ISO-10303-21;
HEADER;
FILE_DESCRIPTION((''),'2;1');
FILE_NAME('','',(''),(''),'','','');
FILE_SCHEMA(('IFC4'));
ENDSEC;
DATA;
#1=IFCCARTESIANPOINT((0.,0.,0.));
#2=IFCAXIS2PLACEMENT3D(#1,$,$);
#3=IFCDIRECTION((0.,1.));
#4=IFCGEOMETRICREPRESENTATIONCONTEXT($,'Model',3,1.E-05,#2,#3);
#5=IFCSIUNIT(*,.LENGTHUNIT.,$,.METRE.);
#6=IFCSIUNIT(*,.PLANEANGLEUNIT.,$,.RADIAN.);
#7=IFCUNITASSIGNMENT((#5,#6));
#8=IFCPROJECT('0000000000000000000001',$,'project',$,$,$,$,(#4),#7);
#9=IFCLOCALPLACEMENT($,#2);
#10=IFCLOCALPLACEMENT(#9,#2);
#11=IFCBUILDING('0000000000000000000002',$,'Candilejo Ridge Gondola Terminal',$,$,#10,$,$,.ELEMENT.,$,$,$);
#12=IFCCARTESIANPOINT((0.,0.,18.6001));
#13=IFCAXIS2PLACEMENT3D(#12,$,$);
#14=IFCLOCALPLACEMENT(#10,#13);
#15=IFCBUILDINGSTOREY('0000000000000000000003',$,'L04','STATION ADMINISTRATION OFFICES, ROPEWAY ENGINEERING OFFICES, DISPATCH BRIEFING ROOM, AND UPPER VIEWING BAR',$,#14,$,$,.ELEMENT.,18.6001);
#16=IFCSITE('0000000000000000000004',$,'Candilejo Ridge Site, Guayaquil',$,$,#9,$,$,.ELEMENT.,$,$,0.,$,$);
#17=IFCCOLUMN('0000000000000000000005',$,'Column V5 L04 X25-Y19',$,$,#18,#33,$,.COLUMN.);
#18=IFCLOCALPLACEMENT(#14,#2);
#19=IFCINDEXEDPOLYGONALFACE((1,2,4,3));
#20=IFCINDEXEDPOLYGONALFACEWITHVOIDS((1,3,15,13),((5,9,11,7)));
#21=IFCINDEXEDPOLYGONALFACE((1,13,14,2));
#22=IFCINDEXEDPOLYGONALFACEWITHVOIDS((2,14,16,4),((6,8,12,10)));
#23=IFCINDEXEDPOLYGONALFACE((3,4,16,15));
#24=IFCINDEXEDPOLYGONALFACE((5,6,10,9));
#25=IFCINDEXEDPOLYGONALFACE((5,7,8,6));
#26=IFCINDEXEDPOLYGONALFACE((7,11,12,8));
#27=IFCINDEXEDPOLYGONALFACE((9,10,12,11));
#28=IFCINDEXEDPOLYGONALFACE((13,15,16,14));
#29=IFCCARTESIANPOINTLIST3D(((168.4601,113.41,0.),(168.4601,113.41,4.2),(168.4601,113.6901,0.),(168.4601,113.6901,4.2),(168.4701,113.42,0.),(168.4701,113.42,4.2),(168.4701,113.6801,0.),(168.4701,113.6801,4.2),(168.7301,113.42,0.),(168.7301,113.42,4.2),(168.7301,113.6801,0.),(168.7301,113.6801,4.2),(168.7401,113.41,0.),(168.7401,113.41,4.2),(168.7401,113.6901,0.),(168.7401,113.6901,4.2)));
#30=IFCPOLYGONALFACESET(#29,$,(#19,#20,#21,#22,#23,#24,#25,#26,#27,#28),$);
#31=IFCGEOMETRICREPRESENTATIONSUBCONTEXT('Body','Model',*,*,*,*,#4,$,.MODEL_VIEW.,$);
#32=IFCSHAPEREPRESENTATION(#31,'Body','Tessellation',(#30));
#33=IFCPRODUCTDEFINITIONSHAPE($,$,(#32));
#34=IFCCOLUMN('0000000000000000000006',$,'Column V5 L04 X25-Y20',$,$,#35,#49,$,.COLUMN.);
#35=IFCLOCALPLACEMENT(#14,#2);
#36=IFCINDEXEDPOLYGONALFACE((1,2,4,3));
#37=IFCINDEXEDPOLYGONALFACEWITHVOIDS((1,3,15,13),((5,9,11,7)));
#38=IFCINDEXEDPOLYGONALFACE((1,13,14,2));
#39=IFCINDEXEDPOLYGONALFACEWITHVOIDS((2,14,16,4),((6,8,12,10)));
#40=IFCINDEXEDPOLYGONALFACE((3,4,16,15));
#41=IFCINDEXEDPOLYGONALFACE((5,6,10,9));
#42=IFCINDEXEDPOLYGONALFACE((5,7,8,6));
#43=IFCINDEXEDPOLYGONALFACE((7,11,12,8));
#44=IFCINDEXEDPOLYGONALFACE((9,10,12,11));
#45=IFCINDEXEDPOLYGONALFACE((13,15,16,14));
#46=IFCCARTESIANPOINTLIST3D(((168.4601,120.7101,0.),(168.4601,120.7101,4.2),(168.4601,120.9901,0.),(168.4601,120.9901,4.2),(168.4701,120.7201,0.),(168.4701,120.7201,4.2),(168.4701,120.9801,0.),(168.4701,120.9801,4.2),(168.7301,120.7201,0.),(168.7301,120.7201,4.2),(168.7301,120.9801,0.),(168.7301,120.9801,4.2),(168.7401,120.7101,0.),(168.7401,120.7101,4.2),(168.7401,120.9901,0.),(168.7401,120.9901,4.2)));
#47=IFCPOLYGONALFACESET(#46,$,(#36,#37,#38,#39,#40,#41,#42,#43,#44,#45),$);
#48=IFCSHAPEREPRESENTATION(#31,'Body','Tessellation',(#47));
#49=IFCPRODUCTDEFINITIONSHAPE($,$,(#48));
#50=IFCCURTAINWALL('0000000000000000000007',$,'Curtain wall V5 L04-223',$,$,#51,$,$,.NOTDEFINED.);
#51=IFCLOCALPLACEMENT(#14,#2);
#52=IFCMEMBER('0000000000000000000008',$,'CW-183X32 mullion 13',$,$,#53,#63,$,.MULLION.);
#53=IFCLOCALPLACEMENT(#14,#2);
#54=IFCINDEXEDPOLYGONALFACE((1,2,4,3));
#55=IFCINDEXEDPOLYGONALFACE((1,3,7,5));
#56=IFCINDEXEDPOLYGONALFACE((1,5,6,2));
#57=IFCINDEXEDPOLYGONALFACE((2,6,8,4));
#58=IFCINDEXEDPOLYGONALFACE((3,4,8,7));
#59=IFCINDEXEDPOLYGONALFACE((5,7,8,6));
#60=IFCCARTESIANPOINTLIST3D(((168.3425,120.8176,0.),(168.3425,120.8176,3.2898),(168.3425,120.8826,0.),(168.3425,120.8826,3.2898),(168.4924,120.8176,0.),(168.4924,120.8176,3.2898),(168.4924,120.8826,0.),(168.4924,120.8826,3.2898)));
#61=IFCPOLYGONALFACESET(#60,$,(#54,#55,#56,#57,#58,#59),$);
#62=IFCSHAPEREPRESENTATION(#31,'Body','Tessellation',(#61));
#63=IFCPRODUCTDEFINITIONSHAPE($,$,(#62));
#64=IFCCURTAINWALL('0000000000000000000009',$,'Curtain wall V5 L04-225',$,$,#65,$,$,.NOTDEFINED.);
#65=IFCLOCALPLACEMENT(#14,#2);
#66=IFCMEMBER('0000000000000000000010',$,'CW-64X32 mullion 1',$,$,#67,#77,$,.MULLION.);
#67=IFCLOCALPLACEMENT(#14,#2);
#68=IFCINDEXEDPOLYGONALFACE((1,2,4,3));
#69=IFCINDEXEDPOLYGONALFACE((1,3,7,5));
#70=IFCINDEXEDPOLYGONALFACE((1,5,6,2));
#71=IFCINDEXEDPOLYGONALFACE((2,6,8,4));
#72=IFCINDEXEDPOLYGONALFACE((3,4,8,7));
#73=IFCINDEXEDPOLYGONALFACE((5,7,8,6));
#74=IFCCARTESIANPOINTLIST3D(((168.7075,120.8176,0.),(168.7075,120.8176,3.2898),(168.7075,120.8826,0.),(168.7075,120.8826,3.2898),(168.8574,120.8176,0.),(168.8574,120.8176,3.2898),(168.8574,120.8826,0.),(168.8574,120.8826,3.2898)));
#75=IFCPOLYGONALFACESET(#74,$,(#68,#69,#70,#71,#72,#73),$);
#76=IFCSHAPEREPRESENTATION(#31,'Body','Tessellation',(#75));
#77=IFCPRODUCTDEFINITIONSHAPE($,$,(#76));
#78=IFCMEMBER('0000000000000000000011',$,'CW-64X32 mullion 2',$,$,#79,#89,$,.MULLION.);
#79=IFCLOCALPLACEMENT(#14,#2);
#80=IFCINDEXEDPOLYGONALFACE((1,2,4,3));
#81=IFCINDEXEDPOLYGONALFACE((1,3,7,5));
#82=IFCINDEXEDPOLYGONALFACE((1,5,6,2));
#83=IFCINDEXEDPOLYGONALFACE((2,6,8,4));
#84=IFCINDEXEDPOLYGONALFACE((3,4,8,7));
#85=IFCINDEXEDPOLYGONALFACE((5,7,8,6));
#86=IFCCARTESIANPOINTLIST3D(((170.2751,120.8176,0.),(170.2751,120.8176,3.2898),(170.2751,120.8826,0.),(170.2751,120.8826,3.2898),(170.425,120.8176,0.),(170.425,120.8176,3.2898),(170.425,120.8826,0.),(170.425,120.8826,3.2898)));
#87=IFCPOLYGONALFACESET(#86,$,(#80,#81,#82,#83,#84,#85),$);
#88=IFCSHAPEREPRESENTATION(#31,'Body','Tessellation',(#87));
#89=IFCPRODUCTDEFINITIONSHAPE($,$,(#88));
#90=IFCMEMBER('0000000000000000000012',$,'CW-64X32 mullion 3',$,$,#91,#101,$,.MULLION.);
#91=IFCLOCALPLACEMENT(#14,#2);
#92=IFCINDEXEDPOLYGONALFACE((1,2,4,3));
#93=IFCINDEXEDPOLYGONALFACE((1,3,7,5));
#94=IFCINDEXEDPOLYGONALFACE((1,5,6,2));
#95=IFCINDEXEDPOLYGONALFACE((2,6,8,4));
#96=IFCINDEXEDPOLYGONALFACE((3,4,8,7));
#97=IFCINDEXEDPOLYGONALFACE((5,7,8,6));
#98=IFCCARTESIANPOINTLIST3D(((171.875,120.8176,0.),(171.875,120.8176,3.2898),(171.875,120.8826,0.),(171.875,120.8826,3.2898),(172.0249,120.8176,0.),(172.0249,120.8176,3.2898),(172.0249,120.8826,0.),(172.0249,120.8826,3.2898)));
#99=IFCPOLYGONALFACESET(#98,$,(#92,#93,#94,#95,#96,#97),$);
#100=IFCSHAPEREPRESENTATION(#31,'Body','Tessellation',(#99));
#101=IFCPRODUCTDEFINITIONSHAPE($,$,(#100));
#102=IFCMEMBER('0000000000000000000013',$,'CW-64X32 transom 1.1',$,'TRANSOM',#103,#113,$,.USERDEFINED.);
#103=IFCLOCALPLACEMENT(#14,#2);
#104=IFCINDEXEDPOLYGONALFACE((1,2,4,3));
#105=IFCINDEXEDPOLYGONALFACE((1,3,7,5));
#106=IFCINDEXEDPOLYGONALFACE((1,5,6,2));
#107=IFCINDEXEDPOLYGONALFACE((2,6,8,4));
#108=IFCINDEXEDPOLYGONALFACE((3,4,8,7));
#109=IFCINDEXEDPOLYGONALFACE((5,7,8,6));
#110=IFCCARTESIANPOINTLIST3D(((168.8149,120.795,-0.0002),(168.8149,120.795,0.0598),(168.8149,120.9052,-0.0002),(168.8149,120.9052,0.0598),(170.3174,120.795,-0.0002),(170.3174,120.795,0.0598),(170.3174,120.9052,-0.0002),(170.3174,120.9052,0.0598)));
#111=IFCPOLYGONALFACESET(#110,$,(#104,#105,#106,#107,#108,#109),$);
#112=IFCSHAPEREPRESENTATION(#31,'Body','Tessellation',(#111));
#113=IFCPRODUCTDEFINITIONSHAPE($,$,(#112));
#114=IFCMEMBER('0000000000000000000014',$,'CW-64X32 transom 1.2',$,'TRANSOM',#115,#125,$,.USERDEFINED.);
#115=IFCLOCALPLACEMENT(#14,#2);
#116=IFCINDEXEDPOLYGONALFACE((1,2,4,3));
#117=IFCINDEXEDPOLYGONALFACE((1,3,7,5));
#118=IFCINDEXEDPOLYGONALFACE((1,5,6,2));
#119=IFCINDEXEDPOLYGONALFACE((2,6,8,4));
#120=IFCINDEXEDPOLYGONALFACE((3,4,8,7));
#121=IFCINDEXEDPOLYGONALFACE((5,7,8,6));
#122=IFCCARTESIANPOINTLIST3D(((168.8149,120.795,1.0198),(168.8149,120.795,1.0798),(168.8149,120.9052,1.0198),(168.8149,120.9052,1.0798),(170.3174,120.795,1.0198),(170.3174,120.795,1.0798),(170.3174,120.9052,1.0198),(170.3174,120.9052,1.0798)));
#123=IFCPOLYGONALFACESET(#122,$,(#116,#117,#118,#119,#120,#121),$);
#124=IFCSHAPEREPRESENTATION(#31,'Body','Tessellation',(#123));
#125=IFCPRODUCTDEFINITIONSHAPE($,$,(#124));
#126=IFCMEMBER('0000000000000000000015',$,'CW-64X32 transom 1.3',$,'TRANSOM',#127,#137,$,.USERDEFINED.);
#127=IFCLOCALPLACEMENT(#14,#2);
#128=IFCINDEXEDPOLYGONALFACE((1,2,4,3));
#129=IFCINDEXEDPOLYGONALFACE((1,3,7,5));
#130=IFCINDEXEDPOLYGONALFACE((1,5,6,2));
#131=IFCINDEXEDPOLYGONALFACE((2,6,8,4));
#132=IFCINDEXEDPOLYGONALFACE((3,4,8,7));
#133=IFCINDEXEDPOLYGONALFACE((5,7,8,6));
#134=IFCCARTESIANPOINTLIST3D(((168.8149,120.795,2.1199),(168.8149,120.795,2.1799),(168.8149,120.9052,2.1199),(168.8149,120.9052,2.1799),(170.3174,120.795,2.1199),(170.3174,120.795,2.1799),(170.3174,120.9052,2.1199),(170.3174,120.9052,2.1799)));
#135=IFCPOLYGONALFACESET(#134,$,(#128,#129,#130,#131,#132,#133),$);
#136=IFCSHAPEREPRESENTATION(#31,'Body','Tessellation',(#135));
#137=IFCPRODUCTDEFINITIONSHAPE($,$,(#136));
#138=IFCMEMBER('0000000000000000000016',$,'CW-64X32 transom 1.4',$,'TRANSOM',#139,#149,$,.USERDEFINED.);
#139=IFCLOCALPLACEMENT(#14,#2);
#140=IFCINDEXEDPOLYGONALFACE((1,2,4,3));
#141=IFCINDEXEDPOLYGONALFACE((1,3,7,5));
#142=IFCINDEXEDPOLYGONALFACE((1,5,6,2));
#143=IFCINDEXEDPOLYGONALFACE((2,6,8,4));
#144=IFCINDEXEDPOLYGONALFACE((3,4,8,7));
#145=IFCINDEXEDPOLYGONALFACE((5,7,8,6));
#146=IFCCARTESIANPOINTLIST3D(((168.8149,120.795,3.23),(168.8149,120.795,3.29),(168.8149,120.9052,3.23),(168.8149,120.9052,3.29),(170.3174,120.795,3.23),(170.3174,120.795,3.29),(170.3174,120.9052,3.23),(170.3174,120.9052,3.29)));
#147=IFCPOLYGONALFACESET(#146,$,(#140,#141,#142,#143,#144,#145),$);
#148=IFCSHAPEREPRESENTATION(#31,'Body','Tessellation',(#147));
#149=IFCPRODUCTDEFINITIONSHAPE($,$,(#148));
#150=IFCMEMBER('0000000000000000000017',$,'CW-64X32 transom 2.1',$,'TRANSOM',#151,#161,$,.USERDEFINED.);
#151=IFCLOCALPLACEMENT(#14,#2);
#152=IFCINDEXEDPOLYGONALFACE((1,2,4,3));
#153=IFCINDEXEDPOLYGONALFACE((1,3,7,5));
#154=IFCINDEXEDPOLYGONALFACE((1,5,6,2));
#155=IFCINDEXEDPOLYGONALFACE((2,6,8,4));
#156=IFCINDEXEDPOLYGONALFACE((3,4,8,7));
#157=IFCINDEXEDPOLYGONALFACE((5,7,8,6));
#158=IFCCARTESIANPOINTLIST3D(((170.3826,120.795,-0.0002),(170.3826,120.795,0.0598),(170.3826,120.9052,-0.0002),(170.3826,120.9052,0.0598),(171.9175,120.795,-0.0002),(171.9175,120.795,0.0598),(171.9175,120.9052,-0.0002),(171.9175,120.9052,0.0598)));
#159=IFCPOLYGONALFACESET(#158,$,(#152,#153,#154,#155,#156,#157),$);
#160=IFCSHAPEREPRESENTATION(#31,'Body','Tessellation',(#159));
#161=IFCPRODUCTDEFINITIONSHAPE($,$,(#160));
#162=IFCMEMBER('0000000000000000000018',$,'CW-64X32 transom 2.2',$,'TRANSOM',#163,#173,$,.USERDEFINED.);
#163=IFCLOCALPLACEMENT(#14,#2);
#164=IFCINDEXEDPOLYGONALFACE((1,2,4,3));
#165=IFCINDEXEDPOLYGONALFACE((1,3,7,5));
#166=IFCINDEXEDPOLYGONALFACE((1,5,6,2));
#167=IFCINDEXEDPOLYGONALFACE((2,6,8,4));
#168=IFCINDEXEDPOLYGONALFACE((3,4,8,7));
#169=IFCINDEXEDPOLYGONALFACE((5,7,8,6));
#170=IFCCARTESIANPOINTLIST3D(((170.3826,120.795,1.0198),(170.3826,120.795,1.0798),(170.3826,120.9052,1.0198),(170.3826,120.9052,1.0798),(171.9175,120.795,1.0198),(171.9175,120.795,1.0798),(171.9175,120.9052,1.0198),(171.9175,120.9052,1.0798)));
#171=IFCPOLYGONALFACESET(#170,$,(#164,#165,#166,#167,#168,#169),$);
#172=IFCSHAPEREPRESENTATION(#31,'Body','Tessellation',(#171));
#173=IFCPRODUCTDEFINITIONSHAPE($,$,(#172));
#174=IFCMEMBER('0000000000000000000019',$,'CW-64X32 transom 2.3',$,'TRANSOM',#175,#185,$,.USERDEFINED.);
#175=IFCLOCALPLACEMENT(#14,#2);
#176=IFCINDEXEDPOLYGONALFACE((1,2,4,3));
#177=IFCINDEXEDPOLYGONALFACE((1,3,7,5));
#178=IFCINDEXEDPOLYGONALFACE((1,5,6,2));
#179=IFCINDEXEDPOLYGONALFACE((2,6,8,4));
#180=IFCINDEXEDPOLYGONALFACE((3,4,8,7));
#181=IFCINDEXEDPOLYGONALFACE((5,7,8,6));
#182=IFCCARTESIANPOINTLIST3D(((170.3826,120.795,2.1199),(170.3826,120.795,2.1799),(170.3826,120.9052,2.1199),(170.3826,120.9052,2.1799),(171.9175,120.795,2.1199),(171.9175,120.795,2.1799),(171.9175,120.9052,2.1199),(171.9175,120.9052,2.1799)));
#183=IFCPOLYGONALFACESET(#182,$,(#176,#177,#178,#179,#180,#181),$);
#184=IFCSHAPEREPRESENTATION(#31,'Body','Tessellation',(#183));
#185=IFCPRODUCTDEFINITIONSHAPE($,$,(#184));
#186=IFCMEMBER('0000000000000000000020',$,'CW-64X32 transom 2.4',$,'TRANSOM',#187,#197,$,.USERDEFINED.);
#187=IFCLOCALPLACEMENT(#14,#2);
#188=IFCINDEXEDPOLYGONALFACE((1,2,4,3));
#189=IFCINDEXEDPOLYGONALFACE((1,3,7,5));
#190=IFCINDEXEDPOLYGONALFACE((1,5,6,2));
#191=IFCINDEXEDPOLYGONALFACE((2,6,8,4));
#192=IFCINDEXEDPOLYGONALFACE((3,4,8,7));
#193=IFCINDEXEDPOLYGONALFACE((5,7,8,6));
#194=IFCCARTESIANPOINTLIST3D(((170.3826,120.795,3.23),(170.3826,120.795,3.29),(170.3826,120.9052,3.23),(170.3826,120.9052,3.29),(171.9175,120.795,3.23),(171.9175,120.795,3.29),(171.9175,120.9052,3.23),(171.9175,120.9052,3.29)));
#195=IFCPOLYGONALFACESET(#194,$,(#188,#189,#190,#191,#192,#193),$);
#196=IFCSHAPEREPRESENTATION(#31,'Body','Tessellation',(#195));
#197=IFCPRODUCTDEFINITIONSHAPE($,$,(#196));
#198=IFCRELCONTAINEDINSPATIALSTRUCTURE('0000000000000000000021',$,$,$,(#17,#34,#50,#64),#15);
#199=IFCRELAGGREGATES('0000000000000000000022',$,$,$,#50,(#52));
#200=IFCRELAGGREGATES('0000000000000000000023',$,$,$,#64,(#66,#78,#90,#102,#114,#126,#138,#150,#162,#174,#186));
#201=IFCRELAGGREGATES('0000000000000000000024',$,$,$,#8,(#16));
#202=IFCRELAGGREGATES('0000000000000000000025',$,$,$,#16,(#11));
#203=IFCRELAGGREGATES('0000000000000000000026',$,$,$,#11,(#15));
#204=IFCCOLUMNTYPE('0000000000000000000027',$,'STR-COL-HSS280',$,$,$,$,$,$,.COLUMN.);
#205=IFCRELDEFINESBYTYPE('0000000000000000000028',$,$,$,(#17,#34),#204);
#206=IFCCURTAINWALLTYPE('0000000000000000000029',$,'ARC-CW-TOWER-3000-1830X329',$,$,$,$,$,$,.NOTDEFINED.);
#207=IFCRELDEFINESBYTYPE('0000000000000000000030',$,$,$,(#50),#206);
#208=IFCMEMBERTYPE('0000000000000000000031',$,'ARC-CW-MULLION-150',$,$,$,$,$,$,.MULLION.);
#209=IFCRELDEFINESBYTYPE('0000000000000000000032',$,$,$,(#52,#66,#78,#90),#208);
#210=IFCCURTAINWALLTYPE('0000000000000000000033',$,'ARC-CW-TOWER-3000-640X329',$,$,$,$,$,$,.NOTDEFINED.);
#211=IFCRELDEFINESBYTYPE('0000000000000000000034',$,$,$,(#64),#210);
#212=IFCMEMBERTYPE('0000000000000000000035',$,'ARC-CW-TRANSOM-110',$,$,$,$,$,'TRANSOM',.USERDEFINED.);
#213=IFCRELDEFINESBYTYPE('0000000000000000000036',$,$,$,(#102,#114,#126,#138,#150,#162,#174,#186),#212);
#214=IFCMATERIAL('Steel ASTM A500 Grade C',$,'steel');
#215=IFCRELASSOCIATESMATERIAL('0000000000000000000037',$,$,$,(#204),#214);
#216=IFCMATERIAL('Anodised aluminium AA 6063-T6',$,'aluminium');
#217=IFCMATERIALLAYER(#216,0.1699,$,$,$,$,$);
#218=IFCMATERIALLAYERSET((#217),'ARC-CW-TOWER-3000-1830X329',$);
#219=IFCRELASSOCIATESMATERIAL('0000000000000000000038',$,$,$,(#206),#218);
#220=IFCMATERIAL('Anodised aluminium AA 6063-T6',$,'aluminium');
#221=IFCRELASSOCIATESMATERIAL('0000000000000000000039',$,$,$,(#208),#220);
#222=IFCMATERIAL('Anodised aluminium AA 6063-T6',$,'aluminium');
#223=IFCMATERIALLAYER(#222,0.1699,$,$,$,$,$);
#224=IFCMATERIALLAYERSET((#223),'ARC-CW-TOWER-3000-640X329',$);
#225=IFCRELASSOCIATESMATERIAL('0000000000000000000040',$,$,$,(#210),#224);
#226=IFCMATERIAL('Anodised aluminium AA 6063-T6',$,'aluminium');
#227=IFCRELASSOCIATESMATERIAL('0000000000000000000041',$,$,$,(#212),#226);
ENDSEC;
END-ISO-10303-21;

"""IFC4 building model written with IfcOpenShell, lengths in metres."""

from ifc_helpers import new_model, si_unit, direction, frame, origin, origin_2d, place, context, subcontext, project, spatial, rectangle, hollow_rectangle, extrude, material, layer, layer_set, material_profile, profile_set, type_object, element, aggregate, save


model = new_model("IFC4")

# Units and contexts
model_context = context("Model", 3, precision=1e-05, world=origin(), true_north=direction((0.0, 1.0)))
body_context = subcontext(model_context, "Body", "Model", "MODEL_VIEW")
ifc_project = project(units=[si_unit("LENGTHUNIT", "METRE"), si_unit("PLANEANGLEUNIT", "RADIAN")], contexts=[model_context])

# Site, building, storey
site_placement = place(None, origin())
site = spatial("IfcSite", under=ifc_project, at=site_placement, Name="Candilejo Ridge Site, Guayaquil", CompositionType="ELEMENT", RefElevation=0.0)
building_placement = place(site_placement, origin())
building = spatial("IfcBuilding", under=site, at=building_placement, Name="Candilejo Ridge Gondola Terminal", CompositionType="ELEMENT")
storey_placement = place(building_placement, frame((0.0, 0.0, 18.6001)))
storey = spatial("IfcBuildingStorey", under=building, at=storey_placement, Name="L04", Description="STATION ADMINISTRATION OFFICES, ROPEWAY ENGINEERING OFFICES, DISPATCH BRIEFING ROOM, AND UPPER VIEWING BAR", CompositionType="ELEMENT", Elevation=18.6001)

# Columns
ifc_material_1 = material(Name="Steel ASTM A500 Grade C", Category="steel")
ifc_material_profile_1 = material_profile(ifc_material_1, hollow_rectangle(XDim=0.28, YDim=0.28, WallThickness=0.01, at=origin_2d()))
ifc_profile_set_1 = profile_set([ifc_material_profile_1], Name="Steel ASTM A500 Grade C")
column_type = type_object("IfcColumnType", Name="STR-COL-HSS280", PredefinedType="COLUMN", material=ifc_profile_set_1)
for number, where, z_axis, x_axis, name in (
    (1, (168.6001, 113.55, 0.0), (0.0, 0.0, 1.0), (1.0, 0.0, 0.0), "Column V5 L04 X25-Y19"),
    (2, (168.6001, 120.8501, 0.0), (0.0, 0.0, 1.0), (1.0, 0.0, 0.0), "Column V5 L04 X25-Y20"),
):
    element("IfcColumn", number, at=place(storey_placement, frame(where, z_axis=z_axis, x_axis=x_axis)), inside=storey, type_object=column_type, Name=name, PredefinedType="COLUMN", context=body_context, shape_type="SweptSolid", body=[
        extrude(hollow_rectangle(XDim=0.28, YDim=0.28, WallThickness=0.01, at=origin_2d()), origin(), (0.0, 0.0, 1.0), 4.2),
    ])

# Curtain wall, member
ifc_material_2 = material(Name="Anodised aluminium AA 6063-T6", Category="aluminium")
ifc_layer_1 = layer(ifc_material_2, 0.1699)
ifc_layer_set_1 = layer_set([ifc_layer_1], Name="ARC-CW-TOWER-3000-1830X329")
curtain_wall_type_1 = type_object("IfcCurtainWallType", Name="ARC-CW-TOWER-3000-1830X329", PredefinedType="NOTDEFINED", material=ifc_layer_set_1)
curtain_wall_1_placement = place(storey_placement, origin())
curtain_wall_1 = element("IfcCurtainWall", 3, at=curtain_wall_1_placement, inside=storey, type_object=curtain_wall_type_1, Name="Curtain wall V5 L04-223", PredefinedType="NOTDEFINED")
ifc_material_3 = material(Name="Anodised aluminium AA 6063-T6", Category="aluminium")
ifc_material_profile_2 = material_profile(ifc_material_3, rectangle(XDim=0.0649, YDim=0.1499, at=origin_2d()))
ifc_profile_set_2 = profile_set([ifc_material_profile_2], Name="Anodised aluminium AA 6063-T6")
member_type_1 = type_object("IfcMemberType", Name="ARC-CW-MULLION-150", PredefinedType="MULLION", material=ifc_profile_set_2)
member_1_placement = place(storey_placement, frame((168.4175, 120.8501, 0.0), z_axis=(0.0, 0.0, 1.0), x_axis=(0.0, 1.0, 0.0)))
member_1 = element("IfcMember", 4, at=member_1_placement, type_object=member_type_1, Name="CW-183X32 mullion 13", PredefinedType="MULLION", context=body_context, shape_type="SweptSolid", body=[
    extrude(rectangle(XDim=0.0649, YDim=0.1499, at=origin_2d()), origin(), (0.0, 0.0, 1.0), 3.2898),
])

# Curtain wall, members
ifc_material_4 = material(Name="Anodised aluminium AA 6063-T6", Category="aluminium")
ifc_layer_2 = layer(ifc_material_4, 0.1699)
ifc_layer_set_2 = layer_set([ifc_layer_2], Name="ARC-CW-TOWER-3000-640X329")
curtain_wall_type_2 = type_object("IfcCurtainWallType", Name="ARC-CW-TOWER-3000-640X329", PredefinedType="NOTDEFINED", material=ifc_layer_set_2)
curtain_wall_2_placement = place(storey_placement, origin())
curtain_wall_2 = element("IfcCurtainWall", 5, at=curtain_wall_2_placement, inside=storey, type_object=curtain_wall_type_2, Name="Curtain wall V5 L04-225", PredefinedType="NOTDEFINED")
member_2_placement = place(storey_placement, frame((168.7825, 120.8501, 0.0), z_axis=(0.0, 0.0, 1.0), x_axis=(0.0, 1.0, 0.0)))
member_2 = element("IfcMember", 6, at=member_2_placement, type_object=member_type_1, Name="CW-64X32 mullion 1", PredefinedType="MULLION", context=body_context, shape_type="SweptSolid", body=[
    extrude(rectangle(XDim=0.0649, YDim=0.1499, at=origin_2d()), origin(), (0.0, 0.0, 1.0), 3.2898),
])
member_3_placement = place(storey_placement, frame((170.3501, 120.8501, 0.0), z_axis=(0.0, 0.0, 1.0), x_axis=(0.0, 1.0, 0.0)))
member_3 = element("IfcMember", 7, at=member_3_placement, type_object=member_type_1, Name="CW-64X32 mullion 2", PredefinedType="MULLION", context=body_context, shape_type="SweptSolid", body=[
    extrude(rectangle(XDim=0.0649, YDim=0.1499, at=origin_2d()), origin(), (0.0, 0.0, 1.0), 3.2898),
])
member_4_placement = place(storey_placement, frame((171.95, 120.8501, 0.0), z_axis=(0.0, 0.0, 1.0), x_axis=(0.0, 1.0, 0.0)))
member_4 = element("IfcMember", 8, at=member_4_placement, type_object=member_type_1, Name="CW-64X32 mullion 3", PredefinedType="MULLION", context=body_context, shape_type="SweptSolid", body=[
    extrude(rectangle(XDim=0.0649, YDim=0.1499, at=origin_2d()), origin(), (0.0, 0.0, 1.0), 3.2898),
])
ifc_material_5 = material(Name="Anodised aluminium AA 6063-T6", Category="aluminium")
ifc_material_profile_3 = material_profile(ifc_material_5, rectangle(XDim=0.1101, YDim=0.0601, at=origin_2d()))
ifc_profile_set_3 = profile_set([ifc_material_profile_3], Name="Anodised aluminium AA 6063-T6")
member_type_2 = type_object("IfcMemberType", Name="ARC-CW-TRANSOM-110", ElementType="TRANSOM", PredefinedType="USERDEFINED", material=ifc_profile_set_3)
member_5_placement = place(storey_placement, frame((168.8149, 120.8501, 0.0298), z_axis=(1.0, 0.0, 0.0), x_axis=(0.0, 1.0, 0.0)))
member_5 = element("IfcMember", 9, at=member_5_placement, type_object=member_type_2, Name="CW-64X32 transom 1.1", ObjectType="TRANSOM", PredefinedType="USERDEFINED", context=body_context, shape_type="SweptSolid", body=[
    extrude(rectangle(XDim=0.1101, YDim=0.0601, at=origin_2d()), origin(), (0.0, 0.0, 1.0), 1.5024),
])
member_6_placement = place(storey_placement, frame((168.8149, 120.8501, 1.0498), z_axis=(1.0, 0.0, 0.0), x_axis=(0.0, 1.0, 0.0)))
member_6 = element("IfcMember", 10, at=member_6_placement, type_object=member_type_2, Name="CW-64X32 transom 1.2", ObjectType="TRANSOM", PredefinedType="USERDEFINED", context=body_context, shape_type="SweptSolid", body=[
    extrude(rectangle(XDim=0.1101, YDim=0.0601, at=origin_2d()), origin(), (0.0, 0.0, 1.0), 1.5024),
])
member_7_placement = place(storey_placement, frame((168.8149, 120.8501, 2.1499), z_axis=(1.0, 0.0, 0.0), x_axis=(0.0, 1.0, 0.0)))
member_7 = element("IfcMember", 11, at=member_7_placement, type_object=member_type_2, Name="CW-64X32 transom 1.3", ObjectType="TRANSOM", PredefinedType="USERDEFINED", context=body_context, shape_type="SweptSolid", body=[
    extrude(rectangle(XDim=0.1101, YDim=0.0601, at=origin_2d()), origin(), (0.0, 0.0, 1.0), 1.5024),
])
member_8_placement = place(storey_placement, frame((168.8149, 120.8501, 3.26), z_axis=(1.0, 0.0, 0.0), x_axis=(0.0, 1.0, 0.0)))
member_8 = element("IfcMember", 12, at=member_8_placement, type_object=member_type_2, Name="CW-64X32 transom 1.4", ObjectType="TRANSOM", PredefinedType="USERDEFINED", context=body_context, shape_type="SweptSolid", body=[
    extrude(rectangle(XDim=0.1101, YDim=0.0601, at=origin_2d()), origin(), (0.0, 0.0, 1.0), 1.5024),
])
member_9_placement = place(storey_placement, frame((170.3826, 120.8501, 0.0298), z_axis=(1.0, 0.0, 0.0), x_axis=(0.0, 1.0, 0.0)))
member_9 = element("IfcMember", 13, at=member_9_placement, type_object=member_type_2, Name="CW-64X32 transom 2.1", ObjectType="TRANSOM", PredefinedType="USERDEFINED", context=body_context, shape_type="SweptSolid", body=[
    extrude(rectangle(XDim=0.1101, YDim=0.0601, at=origin_2d()), origin(), (0.0, 0.0, 1.0), 1.5349),
])
member_10_placement = place(storey_placement, frame((170.3826, 120.8501, 1.0498), z_axis=(1.0, 0.0, 0.0), x_axis=(0.0, 1.0, 0.0)))
member_10 = element("IfcMember", 14, at=member_10_placement, type_object=member_type_2, Name="CW-64X32 transom 2.2", ObjectType="TRANSOM", PredefinedType="USERDEFINED", context=body_context, shape_type="SweptSolid", body=[
    extrude(rectangle(XDim=0.1101, YDim=0.0601, at=origin_2d()), origin(), (0.0, 0.0, 1.0), 1.5349),
])
member_11_placement = place(storey_placement, frame((170.3826, 120.8501, 2.1499), z_axis=(1.0, 0.0, 0.0), x_axis=(0.0, 1.0, 0.0)))
member_11 = element("IfcMember", 15, at=member_11_placement, type_object=member_type_2, Name="CW-64X32 transom 2.3", ObjectType="TRANSOM", PredefinedType="USERDEFINED", context=body_context, shape_type="SweptSolid", body=[
    extrude(rectangle(XDim=0.1101, YDim=0.0601, at=origin_2d()), origin(), (0.0, 0.0, 1.0), 1.5349),
])
member_12_placement = place(storey_placement, frame((170.3826, 120.8501, 3.26), z_axis=(1.0, 0.0, 0.0), x_axis=(0.0, 1.0, 0.0)))
member_12 = element("IfcMember", 16, at=member_12_placement, type_object=member_type_2, Name="CW-64X32 transom 2.4", ObjectType="TRANSOM", PredefinedType="USERDEFINED", context=body_context, shape_type="SweptSolid", body=[
    extrude(rectangle(XDim=0.1101, YDim=0.0601, at=origin_2d()), origin(), (0.0, 0.0, 1.0), 1.5349),
])

aggregate(curtain_wall_1, [member_1])
aggregate(curtain_wall_2, [member_2, member_3, member_4, member_5, member_6, member_7, member_8, member_9, member_10, member_11, member_12])

save(model, "model.ifc")
